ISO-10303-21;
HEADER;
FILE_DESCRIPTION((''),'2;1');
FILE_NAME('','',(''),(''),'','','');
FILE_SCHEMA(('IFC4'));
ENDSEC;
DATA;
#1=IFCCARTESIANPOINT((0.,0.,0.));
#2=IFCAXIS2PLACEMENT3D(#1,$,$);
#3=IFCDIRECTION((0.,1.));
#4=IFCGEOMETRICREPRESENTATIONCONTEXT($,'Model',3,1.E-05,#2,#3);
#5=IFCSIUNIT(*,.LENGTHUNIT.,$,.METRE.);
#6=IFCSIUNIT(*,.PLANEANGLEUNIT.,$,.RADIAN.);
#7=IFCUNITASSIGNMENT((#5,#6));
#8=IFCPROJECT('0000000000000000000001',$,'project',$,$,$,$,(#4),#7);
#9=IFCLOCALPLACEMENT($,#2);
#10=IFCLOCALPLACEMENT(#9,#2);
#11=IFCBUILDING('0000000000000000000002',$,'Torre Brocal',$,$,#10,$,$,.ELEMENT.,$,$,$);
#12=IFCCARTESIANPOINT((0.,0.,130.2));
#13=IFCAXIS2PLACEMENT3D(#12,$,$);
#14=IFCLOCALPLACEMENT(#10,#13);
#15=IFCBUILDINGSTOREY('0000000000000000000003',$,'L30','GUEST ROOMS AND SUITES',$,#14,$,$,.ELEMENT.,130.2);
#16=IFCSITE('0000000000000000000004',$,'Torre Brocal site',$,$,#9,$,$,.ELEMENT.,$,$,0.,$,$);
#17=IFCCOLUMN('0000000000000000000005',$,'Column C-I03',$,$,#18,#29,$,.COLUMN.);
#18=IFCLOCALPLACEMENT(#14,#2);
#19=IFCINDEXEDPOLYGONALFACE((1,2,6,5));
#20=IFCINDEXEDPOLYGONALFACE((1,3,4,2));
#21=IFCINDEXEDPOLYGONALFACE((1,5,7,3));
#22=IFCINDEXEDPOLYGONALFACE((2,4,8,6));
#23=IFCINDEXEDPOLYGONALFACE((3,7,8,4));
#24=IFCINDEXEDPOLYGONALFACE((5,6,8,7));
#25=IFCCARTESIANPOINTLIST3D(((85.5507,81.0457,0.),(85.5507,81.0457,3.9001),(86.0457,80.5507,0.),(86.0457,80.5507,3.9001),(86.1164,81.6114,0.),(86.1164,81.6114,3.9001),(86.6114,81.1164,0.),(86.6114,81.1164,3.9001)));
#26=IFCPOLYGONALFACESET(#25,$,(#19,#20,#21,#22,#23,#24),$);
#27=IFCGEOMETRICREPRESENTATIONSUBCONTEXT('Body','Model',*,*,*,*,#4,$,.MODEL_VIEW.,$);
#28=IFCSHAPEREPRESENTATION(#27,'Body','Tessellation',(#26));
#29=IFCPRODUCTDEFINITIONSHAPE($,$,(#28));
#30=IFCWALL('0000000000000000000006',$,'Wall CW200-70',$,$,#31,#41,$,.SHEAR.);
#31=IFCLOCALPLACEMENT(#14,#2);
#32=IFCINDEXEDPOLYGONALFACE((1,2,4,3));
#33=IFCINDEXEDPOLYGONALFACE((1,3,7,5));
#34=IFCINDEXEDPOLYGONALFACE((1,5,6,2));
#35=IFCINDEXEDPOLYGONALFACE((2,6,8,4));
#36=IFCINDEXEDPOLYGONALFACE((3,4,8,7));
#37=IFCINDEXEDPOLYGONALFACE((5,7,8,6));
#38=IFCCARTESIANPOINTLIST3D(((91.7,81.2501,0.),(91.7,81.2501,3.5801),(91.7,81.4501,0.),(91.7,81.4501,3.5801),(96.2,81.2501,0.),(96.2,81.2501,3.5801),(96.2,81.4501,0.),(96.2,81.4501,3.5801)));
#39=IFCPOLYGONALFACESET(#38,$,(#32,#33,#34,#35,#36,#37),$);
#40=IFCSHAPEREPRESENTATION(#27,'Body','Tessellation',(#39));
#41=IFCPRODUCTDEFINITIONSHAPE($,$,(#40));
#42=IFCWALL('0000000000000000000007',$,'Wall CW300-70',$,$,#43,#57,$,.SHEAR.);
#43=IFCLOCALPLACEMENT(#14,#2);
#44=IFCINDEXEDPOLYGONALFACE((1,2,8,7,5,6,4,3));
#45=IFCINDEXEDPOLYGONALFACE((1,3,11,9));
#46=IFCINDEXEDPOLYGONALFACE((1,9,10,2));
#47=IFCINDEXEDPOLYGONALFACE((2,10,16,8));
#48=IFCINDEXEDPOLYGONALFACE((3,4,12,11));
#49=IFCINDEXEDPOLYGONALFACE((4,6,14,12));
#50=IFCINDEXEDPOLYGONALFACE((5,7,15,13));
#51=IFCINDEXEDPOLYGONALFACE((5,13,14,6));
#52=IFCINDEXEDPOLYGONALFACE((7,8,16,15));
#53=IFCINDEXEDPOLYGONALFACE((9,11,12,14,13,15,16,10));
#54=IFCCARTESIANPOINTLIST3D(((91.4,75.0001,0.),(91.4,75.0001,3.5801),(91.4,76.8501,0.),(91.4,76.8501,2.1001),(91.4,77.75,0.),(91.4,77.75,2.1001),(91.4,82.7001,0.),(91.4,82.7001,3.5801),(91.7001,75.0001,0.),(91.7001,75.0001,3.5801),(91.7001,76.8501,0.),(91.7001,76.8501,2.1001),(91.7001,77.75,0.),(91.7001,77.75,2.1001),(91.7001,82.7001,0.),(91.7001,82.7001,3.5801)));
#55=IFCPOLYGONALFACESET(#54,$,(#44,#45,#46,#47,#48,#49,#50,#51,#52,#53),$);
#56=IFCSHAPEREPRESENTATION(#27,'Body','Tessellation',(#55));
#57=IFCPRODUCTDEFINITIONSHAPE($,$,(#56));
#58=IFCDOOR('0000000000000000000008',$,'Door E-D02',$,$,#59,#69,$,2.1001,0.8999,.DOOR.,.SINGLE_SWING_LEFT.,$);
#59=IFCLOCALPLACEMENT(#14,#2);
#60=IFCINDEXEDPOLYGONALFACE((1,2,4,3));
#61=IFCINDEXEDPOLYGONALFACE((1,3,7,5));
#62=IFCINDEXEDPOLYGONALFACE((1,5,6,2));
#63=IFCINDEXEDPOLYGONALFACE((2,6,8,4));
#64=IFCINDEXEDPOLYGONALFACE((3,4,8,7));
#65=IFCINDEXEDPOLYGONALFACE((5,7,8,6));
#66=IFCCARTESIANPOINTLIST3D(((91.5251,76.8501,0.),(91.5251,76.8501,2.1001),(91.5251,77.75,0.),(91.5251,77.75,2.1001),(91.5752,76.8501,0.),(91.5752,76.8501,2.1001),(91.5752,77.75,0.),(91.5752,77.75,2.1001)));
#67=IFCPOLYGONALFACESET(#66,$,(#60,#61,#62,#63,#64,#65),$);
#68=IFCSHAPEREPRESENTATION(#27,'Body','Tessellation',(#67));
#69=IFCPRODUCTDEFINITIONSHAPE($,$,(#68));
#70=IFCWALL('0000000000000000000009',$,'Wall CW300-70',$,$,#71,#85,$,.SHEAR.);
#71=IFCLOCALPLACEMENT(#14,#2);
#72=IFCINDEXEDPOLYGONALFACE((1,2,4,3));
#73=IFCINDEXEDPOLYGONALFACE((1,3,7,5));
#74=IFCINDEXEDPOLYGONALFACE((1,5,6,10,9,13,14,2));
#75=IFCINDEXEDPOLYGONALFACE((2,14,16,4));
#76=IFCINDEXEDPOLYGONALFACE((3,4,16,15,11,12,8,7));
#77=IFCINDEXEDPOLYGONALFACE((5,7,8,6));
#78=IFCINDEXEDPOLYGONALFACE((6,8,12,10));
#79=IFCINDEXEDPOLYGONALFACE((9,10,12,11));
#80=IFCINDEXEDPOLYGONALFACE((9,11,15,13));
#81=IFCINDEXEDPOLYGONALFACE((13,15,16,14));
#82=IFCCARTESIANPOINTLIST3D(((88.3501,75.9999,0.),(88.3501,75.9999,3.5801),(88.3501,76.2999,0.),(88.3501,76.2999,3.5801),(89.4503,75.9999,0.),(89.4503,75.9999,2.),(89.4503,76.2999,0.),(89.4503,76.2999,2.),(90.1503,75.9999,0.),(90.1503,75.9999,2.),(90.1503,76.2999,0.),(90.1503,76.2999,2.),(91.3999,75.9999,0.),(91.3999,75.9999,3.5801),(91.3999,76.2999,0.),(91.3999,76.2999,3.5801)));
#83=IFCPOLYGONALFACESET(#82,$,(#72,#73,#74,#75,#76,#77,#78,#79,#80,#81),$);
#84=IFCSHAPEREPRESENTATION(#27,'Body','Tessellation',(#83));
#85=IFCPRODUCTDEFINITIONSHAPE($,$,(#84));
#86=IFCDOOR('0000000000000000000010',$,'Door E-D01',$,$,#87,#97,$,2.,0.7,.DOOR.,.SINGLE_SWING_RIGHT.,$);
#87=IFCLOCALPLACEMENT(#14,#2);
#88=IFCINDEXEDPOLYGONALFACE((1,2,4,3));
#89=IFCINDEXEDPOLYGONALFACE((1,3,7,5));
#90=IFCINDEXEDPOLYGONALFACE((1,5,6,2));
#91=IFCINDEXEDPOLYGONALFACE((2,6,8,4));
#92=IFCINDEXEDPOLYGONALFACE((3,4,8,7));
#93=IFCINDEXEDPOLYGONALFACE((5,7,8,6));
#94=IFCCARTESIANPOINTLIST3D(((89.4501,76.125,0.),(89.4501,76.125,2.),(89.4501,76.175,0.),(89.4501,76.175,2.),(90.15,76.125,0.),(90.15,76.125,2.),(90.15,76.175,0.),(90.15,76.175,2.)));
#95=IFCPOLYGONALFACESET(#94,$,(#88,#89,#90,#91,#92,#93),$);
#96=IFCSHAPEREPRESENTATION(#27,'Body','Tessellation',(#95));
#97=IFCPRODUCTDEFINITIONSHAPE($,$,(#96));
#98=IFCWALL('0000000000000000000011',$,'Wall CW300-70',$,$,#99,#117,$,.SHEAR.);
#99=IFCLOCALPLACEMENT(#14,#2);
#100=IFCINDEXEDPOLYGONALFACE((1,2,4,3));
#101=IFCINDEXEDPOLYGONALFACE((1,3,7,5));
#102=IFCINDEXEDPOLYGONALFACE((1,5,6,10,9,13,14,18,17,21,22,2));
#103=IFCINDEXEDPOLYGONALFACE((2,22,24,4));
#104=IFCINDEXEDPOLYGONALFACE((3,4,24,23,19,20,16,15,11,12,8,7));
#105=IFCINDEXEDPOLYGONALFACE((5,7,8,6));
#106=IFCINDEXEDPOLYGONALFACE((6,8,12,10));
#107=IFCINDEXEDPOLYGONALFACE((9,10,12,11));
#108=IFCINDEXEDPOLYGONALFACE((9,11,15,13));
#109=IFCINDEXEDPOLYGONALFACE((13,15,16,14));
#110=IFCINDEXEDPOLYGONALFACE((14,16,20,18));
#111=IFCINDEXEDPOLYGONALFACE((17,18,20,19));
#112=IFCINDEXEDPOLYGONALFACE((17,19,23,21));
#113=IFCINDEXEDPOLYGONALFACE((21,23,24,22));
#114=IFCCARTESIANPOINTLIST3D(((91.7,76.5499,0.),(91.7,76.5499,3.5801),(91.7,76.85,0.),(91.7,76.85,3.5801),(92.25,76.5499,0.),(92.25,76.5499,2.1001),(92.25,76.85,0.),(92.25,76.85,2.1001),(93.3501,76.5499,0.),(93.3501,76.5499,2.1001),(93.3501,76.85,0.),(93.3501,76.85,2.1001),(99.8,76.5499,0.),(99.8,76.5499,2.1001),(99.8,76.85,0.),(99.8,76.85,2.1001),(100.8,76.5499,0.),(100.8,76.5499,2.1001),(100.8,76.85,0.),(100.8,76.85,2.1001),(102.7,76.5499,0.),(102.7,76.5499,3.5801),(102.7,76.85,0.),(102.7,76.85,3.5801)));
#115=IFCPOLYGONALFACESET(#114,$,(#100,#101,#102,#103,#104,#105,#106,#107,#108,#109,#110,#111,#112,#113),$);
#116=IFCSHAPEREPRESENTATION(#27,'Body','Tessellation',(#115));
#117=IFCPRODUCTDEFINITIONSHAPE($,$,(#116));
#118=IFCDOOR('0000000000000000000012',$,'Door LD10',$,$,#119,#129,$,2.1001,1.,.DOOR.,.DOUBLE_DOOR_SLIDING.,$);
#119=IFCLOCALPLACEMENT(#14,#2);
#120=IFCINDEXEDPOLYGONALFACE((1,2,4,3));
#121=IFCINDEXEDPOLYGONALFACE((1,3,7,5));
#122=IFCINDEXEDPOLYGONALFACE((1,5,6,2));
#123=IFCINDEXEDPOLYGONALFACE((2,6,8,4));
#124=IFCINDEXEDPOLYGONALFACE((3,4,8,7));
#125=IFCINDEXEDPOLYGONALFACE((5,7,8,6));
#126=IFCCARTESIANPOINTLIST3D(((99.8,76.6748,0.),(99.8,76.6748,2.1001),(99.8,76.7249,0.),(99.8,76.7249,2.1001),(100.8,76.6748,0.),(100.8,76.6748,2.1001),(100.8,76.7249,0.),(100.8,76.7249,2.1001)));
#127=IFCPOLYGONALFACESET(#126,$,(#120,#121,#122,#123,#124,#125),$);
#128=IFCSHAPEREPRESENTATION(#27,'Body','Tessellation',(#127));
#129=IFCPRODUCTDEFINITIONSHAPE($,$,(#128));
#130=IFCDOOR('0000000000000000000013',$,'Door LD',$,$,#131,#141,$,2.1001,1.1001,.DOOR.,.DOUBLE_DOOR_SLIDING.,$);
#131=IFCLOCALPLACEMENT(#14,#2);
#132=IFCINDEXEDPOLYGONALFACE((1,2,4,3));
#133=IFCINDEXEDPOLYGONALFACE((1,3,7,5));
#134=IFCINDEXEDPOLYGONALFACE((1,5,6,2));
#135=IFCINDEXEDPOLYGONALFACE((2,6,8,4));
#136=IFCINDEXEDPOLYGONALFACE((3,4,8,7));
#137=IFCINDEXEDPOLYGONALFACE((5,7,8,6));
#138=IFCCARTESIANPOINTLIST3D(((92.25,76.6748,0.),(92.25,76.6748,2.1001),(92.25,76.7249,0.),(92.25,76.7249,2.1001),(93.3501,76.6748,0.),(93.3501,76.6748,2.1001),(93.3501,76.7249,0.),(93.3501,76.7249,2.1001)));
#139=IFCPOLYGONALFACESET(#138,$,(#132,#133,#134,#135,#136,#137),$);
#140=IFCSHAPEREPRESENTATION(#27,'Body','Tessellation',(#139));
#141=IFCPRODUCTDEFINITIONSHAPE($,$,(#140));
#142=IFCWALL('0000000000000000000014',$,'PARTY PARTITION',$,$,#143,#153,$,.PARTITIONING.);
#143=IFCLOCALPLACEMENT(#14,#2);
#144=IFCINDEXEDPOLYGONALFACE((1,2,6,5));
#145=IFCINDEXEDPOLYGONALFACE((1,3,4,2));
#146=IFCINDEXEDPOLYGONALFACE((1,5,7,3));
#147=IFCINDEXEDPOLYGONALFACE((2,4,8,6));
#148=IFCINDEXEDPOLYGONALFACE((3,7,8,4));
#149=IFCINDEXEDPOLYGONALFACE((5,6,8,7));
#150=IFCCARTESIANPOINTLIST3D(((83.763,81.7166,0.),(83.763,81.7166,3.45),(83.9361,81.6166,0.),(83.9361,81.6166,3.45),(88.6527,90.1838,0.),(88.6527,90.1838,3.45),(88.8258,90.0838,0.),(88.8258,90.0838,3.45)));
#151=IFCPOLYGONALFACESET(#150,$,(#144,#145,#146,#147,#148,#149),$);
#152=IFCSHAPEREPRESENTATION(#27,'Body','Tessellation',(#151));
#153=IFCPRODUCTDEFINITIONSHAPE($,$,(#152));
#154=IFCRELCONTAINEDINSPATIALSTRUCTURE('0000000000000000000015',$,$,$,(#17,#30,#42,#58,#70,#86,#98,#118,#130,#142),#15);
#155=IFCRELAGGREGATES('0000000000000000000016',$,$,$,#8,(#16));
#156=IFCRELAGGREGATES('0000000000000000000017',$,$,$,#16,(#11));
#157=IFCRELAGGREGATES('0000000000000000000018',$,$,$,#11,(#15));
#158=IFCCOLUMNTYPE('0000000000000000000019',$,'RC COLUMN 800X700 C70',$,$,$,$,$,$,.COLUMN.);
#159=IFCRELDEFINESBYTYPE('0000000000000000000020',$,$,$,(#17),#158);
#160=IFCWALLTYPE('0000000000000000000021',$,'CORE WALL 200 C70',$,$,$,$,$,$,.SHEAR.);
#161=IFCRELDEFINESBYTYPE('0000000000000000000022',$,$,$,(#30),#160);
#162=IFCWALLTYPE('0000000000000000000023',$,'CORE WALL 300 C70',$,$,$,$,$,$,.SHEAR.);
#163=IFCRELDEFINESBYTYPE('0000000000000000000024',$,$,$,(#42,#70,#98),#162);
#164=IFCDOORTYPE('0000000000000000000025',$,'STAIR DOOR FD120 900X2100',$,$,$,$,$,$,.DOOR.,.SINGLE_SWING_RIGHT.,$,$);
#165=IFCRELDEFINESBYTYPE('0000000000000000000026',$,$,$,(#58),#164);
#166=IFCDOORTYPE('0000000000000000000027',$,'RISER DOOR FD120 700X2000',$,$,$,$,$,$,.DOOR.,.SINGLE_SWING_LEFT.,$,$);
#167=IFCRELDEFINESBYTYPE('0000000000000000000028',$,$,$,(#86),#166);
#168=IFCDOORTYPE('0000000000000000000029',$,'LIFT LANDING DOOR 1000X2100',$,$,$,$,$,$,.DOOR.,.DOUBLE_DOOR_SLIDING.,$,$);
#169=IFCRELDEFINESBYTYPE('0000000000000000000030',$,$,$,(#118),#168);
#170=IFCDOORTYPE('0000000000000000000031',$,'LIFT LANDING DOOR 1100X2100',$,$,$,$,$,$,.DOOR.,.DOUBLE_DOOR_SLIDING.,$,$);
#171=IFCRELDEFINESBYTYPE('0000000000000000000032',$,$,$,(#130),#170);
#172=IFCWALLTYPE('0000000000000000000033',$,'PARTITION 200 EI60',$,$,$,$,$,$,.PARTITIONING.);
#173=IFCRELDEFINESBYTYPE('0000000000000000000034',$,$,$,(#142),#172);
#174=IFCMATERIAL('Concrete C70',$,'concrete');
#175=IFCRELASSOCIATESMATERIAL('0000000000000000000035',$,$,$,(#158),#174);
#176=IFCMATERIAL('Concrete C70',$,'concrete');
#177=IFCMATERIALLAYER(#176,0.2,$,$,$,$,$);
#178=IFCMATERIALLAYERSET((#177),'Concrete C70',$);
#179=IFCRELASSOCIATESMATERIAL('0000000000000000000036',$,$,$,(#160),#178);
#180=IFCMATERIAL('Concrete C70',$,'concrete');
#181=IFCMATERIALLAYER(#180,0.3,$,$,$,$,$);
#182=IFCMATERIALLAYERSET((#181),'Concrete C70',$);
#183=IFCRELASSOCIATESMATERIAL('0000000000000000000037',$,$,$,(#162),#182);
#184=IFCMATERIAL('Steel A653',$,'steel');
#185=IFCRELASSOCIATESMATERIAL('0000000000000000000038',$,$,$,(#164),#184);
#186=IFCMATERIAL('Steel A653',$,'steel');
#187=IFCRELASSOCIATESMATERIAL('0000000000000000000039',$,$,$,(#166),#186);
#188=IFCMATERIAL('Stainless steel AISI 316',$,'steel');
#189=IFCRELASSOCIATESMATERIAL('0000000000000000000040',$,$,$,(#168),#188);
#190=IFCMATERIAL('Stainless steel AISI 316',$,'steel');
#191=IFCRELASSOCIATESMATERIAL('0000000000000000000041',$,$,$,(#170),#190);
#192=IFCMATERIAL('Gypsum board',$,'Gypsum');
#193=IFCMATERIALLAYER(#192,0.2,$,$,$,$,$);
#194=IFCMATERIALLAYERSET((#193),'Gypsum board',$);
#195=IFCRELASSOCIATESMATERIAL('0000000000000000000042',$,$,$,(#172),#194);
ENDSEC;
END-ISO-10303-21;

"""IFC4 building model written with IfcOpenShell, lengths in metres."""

from ifc_helpers import new_model, si_unit, direction, frame, frame_2d, origin, origin_2d, place, context, subcontext, project, spatial, rectangle, extrude, material, layer, layer_set, material_profile, profile_set, type_object, element, fill, save


model = new_model("IFC4")

# Units and contexts
model_context = context("Model", 3, precision=1e-05, world=origin(), true_north=direction((0.0, 1.0)))
body_context = subcontext(model_context, "Body", "Model", "MODEL_VIEW")
ifc_project = project(units=[si_unit("LENGTHUNIT", "METRE"), si_unit("PLANEANGLEUNIT", "RADIAN")], contexts=[model_context])

# Site, building, storey
site_placement = place(None, origin())
site = spatial("IfcSite", under=ifc_project, at=site_placement, Name="Torre Brocal site", CompositionType="ELEMENT", RefElevation=0.0)
building_placement = place(site_placement, origin())
building = spatial("IfcBuilding", under=site, at=building_placement, Name="Torre Brocal", CompositionType="ELEMENT")
storey_placement = place(building_placement, frame((0.0, 0.0, 130.2)))
storey = spatial("IfcBuildingStorey", under=building, at=storey_placement, Name="L30", Description="GUEST ROOMS AND SUITES", CompositionType="ELEMENT", Elevation=130.2)

# Column
ifc_material_1 = material(Name="Concrete C70", Category="concrete")
ifc_material_profile = material_profile(ifc_material_1, rectangle(XDim=0.8, YDim=0.7, at=origin_2d()), Name="RC 800X700")
ifc_profile_set = profile_set([ifc_material_profile], Name="Concrete C70")
column_type = type_object("IfcColumnType", Name="RC COLUMN 800X700 C70", PredefinedType="COLUMN", material=ifc_profile_set)
column_placement = place(storey_placement, frame((86.0811, 81.0811, 0.0), z_axis=(0.0, 0.0, 1.0), x_axis=(0.707107, 0.707107, 0.0)))
element("IfcColumn", 1, at=column_placement, inside=storey, type_object=column_type, Name="Column C-I03", PredefinedType="COLUMN", context=body_context, shape_type="SweptSolid", body=[
    extrude(rectangle(XDim=0.8, YDim=0.7, at=origin_2d()), origin(), (0.0, 0.0, 1.0), 3.9001),
])

# Wall
ifc_material_2 = material(Name="Concrete C70", Category="concrete")
ifc_layer_1 = layer(ifc_material_2, 0.2)
ifc_layer_set_1 = layer_set([ifc_layer_1], Name="Concrete C70")
wall_type_1 = type_object("IfcWallType", Name="CORE WALL 200 C70", PredefinedType="SHEAR", material=ifc_layer_set_1)
wall_1_placement = place(storey_placement, frame((91.7, 81.3501, 0.0), z_axis=(0.0, 0.0, 1.0), x_axis=(1.0, 0.0, 0.0)))
element("IfcWall", 2, at=wall_1_placement, inside=storey, type_object=wall_type_1, Name="Wall CW200-70", PredefinedType="SHEAR", context=body_context, shape_type="SweptSolid", body=[
    extrude(rectangle(XDim=4.5, YDim=0.2, at=frame_2d((2.25, 0.0))), origin(), (0.0, 0.0, 1.0), 3.5801),
])

# Walls, openings, doors
ifc_material_3 = material(Name="Concrete C70", Category="concrete")
ifc_layer_2 = layer(ifc_material_3, 0.3)
ifc_layer_set_2 = layer_set([ifc_layer_2], Name="Concrete C70")
wall_type_2 = type_object("IfcWallType", Name="CORE WALL 300 C70", PredefinedType="SHEAR", material=ifc_layer_set_2)
wall_2_placement = place(storey_placement, frame((91.55, 75.0, 0.0), z_axis=(0.0, 0.0, 1.0), x_axis=(0.0, 1.0, 0.0)))
wall_2 = element("IfcWall", 3, at=wall_2_placement, inside=storey, type_object=wall_type_2, Name="Wall CW300-70", PredefinedType="SHEAR", context=body_context, shape_type="SweptSolid", body=[
    extrude(rectangle(XDim=7.7, YDim=0.3, at=frame_2d((3.8501, 0.0))), origin(), (0.0, 0.0, 1.0), 3.5801),
])
opening_1_placement = place(wall_2_placement, frame((1.8501, 0.0, 0.0)))
opening_1 = element("IfcOpeningElement", 4, at=opening_1_placement, cuts=wall_2, PredefinedType="OPENING", context=body_context, shape_type="SweptSolid", body=[
    extrude(rectangle(XDim=0.8999, YDim=2.1001, at=frame_2d((0.45, 1.05))), frame((0.0, 0.1599, 0.0), z_axis=(0.0, -1.0, 0.0), x_axis=(1.0, 0.0, 0.0)), (0.0, 0.0, 1.0), 0.3201),
])
ifc_material_4 = material(Name="Steel A653", Category="steel")
door_type_1 = type_object("IfcDoorType", Name="STAIR DOOR FD120 900X2100", OperationType="SINGLE_SWING_RIGHT", PredefinedType="DOOR", material=ifc_material_4)
door_1_placement = place(opening_1_placement, origin())
door_1 = element("IfcDoor", 5, at=door_1_placement, inside=storey, type_object=door_type_1, Name="Door E-D02", OperationType="SINGLE_SWING_LEFT", OverallHeight=2.1001, OverallWidth=0.8999, PredefinedType="DOOR", context=body_context, shape_type="SweptSolid", body=[
    extrude(rectangle(XDim=0.8999, YDim=2.1001, at=frame_2d((0.45, 1.05))), frame((0.0, 0.0249, 0.0), z_axis=(0.0, -1.0, 0.0), x_axis=(1.0, 0.0, 0.0)), (0.0, 0.0, 1.0), 0.05),
])
fill(opening_1, door_1)
wall_3_placement = place(storey_placement, frame((88.3501, 76.1499, 0.0), z_axis=(0.0, 0.0, 1.0), x_axis=(1.0, 0.0, 0.0)))
wall_3 = element("IfcWall", 6, at=wall_3_placement, inside=storey, type_object=wall_type_2, Name="Wall CW300-70", PredefinedType="SHEAR", context=body_context, shape_type="SweptSolid", body=[
    extrude(rectangle(XDim=3.0498, YDim=0.3, at=frame_2d((1.5249, 0.0))), origin(), (0.0, 0.0, 1.0), 3.5801),
])
opening_2_placement = place(wall_3_placement, frame((1.1001, 0.0, 0.0)))
opening_2 = element("IfcOpeningElement", 7, at=opening_2_placement, cuts=wall_3, PredefinedType="OPENING", context=body_context, shape_type="SweptSolid", body=[
    extrude(rectangle(XDim=0.7, YDim=2.0, at=frame_2d((0.3501, 1.0))), frame((0.0, 0.1599, 0.0), z_axis=(0.0, -1.0, 0.0), x_axis=(1.0, 0.0, 0.0)), (0.0, 0.0, 1.0), 0.3201),
])
ifc_material_5 = material(Name="Steel A653", Category="steel")
door_type_2 = type_object("IfcDoorType", Name="RISER DOOR FD120 700X2000", OperationType="SINGLE_SWING_LEFT", PredefinedType="DOOR", material=ifc_material_5)
door_2_placement = place(opening_2_placement, frame((0.7, 0.0, 0.0), z_axis=(0.0, 0.0, 1.0), x_axis=(-1.0, 0.0, 0.0)))
door_2 = element("IfcDoor", 8, at=door_2_placement, inside=storey, type_object=door_type_2, Name="Door E-D01", OperationType="SINGLE_SWING_RIGHT", OverallHeight=2.0, OverallWidth=0.7, PredefinedType="DOOR", context=body_context, shape_type="SweptSolid", body=[
    extrude(rectangle(XDim=0.7, YDim=2.0, at=frame_2d((0.3501, 1.0))), frame((0.0, 0.0249, 0.0), z_axis=(0.0, -1.0, 0.0), x_axis=(1.0, 0.0, 0.0)), (0.0, 0.0, 1.0), 0.05),
])
fill(opening_2, door_2)

# Wall, openings, doors
wall_4_placement = place(storey_placement, frame((91.7, 76.7, 0.0), z_axis=(0.0, 0.0, 1.0), x_axis=(1.0, 0.0, 0.0)))
wall_4 = element("IfcWall", 9, at=wall_4_placement, inside=storey, type_object=wall_type_2, Name="Wall CW300-70", PredefinedType="SHEAR", context=body_context, shape_type="SweptSolid", body=[
    extrude(rectangle(XDim=11.0, YDim=0.3, at=frame_2d((5.5, 0.0))), origin(), (0.0, 0.0, 1.0), 3.5801),
])
opening_3_placement = place(wall_4_placement, frame((0.55, 0.0, 0.0)))
opening_3 = element("IfcOpeningElement", 10, at=opening_3_placement, cuts=wall_4, PredefinedType="OPENING", context=body_context, shape_type="SweptSolid", body=[
    extrude(rectangle(XDim=1.1001, YDim=2.1001, at=frame_2d((0.55, 1.05))), frame((0.0, 0.1599, 0.0), z_axis=(0.0, -1.0, 0.0), x_axis=(1.0, 0.0, 0.0)), (0.0, 0.0, 1.0), 0.3201),
])
opening_4_placement = place(wall_4_placement, frame((8.1001, 0.0, 0.0)))
opening_4 = element("IfcOpeningElement", 11, at=opening_4_placement, cuts=wall_4, PredefinedType="OPENING", context=body_context, shape_type="SweptSolid", body=[
    extrude(rectangle(XDim=1.0, YDim=2.1001, at=frame_2d((0.5, 1.05))), frame((0.0, 0.1599, 0.0), z_axis=(0.0, -1.0, 0.0), x_axis=(1.0, 0.0, 0.0)), (0.0, 0.0, 1.0), 0.3201),
])
ifc_material_6 = material(Name="Stainless steel AISI 316", Category="steel")
door_type_3 = type_object("IfcDoorType", Name="LIFT LANDING DOOR 1000X2100", OperationType="DOUBLE_DOOR_SLIDING", PredefinedType="DOOR", material=ifc_material_6)
door_3_placement = place(opening_4_placement, origin())
door_3 = element("IfcDoor", 12, at=door_3_placement, inside=storey, type_object=door_type_3, Name="Door LD10", OperationType="DOUBLE_DOOR_SLIDING", OverallHeight=2.1001, OverallWidth=1.0, PredefinedType="DOOR", context=body_context, shape_type="SweptSolid", body=[
    extrude(rectangle(XDim=1.0, YDim=2.1001, at=frame_2d((0.5, 1.05))), frame((0.0, 0.0249, 0.0), z_axis=(0.0, -1.0, 0.0), x_axis=(1.0, 0.0, 0.0)), (0.0, 0.0, 1.0), 0.05),
])
fill(opening_4, door_3)
ifc_material_7 = material(Name="Stainless steel AISI 316", Category="steel")
door_type_4 = type_object("IfcDoorType", Name="LIFT LANDING DOOR 1100X2100", OperationType="DOUBLE_DOOR_SLIDING", PredefinedType="DOOR", material=ifc_material_7)
door_4_placement = place(opening_3_placement, origin())
door_4 = element("IfcDoor", 13, at=door_4_placement, inside=storey, type_object=door_type_4, Name="Door LD", OperationType="DOUBLE_DOOR_SLIDING", OverallHeight=2.1001, OverallWidth=1.1001, PredefinedType="DOOR", context=body_context, shape_type="SweptSolid", body=[
    extrude(rectangle(XDim=1.1001, YDim=2.1001, at=frame_2d((0.55, 1.05))), frame((0.0, 0.0249, 0.0), z_axis=(0.0, -1.0, 0.0), x_axis=(1.0, 0.0, 0.0)), (0.0, 0.0, 1.0), 0.05),
])
fill(opening_3, door_4)

# Wall
ifc_material_8 = material(Name="Gypsum board", Category="Gypsum")
ifc_layer_3 = layer(ifc_material_8, 0.2)
ifc_layer_set_3 = layer_set([ifc_layer_3], Name="Gypsum board")
wall_type_3 = type_object("IfcWallType", Name="PARTITION 200 EI60", PredefinedType="PARTITIONING", material=ifc_layer_set_3)
wall_5_placement = place(storey_placement, frame((83.8496, 81.6667, 0.0), z_axis=(0.0, 0.0, 1.0), x_axis=(0.500092, 0.865972, 0.0)))
element("IfcWall", 14, at=wall_5_placement, inside=storey, type_object=wall_type_3, Name="PARTY PARTITION", PredefinedType="PARTITIONING", context=body_context, shape_type="SweptSolid", body=[
    extrude(rectangle(XDim=9.7776, YDim=0.2, at=frame_2d((4.8887, 0.0))), origin(), (0.0, 0.0, 1.0), 3.45),
])

save(model, "model.ifc")
